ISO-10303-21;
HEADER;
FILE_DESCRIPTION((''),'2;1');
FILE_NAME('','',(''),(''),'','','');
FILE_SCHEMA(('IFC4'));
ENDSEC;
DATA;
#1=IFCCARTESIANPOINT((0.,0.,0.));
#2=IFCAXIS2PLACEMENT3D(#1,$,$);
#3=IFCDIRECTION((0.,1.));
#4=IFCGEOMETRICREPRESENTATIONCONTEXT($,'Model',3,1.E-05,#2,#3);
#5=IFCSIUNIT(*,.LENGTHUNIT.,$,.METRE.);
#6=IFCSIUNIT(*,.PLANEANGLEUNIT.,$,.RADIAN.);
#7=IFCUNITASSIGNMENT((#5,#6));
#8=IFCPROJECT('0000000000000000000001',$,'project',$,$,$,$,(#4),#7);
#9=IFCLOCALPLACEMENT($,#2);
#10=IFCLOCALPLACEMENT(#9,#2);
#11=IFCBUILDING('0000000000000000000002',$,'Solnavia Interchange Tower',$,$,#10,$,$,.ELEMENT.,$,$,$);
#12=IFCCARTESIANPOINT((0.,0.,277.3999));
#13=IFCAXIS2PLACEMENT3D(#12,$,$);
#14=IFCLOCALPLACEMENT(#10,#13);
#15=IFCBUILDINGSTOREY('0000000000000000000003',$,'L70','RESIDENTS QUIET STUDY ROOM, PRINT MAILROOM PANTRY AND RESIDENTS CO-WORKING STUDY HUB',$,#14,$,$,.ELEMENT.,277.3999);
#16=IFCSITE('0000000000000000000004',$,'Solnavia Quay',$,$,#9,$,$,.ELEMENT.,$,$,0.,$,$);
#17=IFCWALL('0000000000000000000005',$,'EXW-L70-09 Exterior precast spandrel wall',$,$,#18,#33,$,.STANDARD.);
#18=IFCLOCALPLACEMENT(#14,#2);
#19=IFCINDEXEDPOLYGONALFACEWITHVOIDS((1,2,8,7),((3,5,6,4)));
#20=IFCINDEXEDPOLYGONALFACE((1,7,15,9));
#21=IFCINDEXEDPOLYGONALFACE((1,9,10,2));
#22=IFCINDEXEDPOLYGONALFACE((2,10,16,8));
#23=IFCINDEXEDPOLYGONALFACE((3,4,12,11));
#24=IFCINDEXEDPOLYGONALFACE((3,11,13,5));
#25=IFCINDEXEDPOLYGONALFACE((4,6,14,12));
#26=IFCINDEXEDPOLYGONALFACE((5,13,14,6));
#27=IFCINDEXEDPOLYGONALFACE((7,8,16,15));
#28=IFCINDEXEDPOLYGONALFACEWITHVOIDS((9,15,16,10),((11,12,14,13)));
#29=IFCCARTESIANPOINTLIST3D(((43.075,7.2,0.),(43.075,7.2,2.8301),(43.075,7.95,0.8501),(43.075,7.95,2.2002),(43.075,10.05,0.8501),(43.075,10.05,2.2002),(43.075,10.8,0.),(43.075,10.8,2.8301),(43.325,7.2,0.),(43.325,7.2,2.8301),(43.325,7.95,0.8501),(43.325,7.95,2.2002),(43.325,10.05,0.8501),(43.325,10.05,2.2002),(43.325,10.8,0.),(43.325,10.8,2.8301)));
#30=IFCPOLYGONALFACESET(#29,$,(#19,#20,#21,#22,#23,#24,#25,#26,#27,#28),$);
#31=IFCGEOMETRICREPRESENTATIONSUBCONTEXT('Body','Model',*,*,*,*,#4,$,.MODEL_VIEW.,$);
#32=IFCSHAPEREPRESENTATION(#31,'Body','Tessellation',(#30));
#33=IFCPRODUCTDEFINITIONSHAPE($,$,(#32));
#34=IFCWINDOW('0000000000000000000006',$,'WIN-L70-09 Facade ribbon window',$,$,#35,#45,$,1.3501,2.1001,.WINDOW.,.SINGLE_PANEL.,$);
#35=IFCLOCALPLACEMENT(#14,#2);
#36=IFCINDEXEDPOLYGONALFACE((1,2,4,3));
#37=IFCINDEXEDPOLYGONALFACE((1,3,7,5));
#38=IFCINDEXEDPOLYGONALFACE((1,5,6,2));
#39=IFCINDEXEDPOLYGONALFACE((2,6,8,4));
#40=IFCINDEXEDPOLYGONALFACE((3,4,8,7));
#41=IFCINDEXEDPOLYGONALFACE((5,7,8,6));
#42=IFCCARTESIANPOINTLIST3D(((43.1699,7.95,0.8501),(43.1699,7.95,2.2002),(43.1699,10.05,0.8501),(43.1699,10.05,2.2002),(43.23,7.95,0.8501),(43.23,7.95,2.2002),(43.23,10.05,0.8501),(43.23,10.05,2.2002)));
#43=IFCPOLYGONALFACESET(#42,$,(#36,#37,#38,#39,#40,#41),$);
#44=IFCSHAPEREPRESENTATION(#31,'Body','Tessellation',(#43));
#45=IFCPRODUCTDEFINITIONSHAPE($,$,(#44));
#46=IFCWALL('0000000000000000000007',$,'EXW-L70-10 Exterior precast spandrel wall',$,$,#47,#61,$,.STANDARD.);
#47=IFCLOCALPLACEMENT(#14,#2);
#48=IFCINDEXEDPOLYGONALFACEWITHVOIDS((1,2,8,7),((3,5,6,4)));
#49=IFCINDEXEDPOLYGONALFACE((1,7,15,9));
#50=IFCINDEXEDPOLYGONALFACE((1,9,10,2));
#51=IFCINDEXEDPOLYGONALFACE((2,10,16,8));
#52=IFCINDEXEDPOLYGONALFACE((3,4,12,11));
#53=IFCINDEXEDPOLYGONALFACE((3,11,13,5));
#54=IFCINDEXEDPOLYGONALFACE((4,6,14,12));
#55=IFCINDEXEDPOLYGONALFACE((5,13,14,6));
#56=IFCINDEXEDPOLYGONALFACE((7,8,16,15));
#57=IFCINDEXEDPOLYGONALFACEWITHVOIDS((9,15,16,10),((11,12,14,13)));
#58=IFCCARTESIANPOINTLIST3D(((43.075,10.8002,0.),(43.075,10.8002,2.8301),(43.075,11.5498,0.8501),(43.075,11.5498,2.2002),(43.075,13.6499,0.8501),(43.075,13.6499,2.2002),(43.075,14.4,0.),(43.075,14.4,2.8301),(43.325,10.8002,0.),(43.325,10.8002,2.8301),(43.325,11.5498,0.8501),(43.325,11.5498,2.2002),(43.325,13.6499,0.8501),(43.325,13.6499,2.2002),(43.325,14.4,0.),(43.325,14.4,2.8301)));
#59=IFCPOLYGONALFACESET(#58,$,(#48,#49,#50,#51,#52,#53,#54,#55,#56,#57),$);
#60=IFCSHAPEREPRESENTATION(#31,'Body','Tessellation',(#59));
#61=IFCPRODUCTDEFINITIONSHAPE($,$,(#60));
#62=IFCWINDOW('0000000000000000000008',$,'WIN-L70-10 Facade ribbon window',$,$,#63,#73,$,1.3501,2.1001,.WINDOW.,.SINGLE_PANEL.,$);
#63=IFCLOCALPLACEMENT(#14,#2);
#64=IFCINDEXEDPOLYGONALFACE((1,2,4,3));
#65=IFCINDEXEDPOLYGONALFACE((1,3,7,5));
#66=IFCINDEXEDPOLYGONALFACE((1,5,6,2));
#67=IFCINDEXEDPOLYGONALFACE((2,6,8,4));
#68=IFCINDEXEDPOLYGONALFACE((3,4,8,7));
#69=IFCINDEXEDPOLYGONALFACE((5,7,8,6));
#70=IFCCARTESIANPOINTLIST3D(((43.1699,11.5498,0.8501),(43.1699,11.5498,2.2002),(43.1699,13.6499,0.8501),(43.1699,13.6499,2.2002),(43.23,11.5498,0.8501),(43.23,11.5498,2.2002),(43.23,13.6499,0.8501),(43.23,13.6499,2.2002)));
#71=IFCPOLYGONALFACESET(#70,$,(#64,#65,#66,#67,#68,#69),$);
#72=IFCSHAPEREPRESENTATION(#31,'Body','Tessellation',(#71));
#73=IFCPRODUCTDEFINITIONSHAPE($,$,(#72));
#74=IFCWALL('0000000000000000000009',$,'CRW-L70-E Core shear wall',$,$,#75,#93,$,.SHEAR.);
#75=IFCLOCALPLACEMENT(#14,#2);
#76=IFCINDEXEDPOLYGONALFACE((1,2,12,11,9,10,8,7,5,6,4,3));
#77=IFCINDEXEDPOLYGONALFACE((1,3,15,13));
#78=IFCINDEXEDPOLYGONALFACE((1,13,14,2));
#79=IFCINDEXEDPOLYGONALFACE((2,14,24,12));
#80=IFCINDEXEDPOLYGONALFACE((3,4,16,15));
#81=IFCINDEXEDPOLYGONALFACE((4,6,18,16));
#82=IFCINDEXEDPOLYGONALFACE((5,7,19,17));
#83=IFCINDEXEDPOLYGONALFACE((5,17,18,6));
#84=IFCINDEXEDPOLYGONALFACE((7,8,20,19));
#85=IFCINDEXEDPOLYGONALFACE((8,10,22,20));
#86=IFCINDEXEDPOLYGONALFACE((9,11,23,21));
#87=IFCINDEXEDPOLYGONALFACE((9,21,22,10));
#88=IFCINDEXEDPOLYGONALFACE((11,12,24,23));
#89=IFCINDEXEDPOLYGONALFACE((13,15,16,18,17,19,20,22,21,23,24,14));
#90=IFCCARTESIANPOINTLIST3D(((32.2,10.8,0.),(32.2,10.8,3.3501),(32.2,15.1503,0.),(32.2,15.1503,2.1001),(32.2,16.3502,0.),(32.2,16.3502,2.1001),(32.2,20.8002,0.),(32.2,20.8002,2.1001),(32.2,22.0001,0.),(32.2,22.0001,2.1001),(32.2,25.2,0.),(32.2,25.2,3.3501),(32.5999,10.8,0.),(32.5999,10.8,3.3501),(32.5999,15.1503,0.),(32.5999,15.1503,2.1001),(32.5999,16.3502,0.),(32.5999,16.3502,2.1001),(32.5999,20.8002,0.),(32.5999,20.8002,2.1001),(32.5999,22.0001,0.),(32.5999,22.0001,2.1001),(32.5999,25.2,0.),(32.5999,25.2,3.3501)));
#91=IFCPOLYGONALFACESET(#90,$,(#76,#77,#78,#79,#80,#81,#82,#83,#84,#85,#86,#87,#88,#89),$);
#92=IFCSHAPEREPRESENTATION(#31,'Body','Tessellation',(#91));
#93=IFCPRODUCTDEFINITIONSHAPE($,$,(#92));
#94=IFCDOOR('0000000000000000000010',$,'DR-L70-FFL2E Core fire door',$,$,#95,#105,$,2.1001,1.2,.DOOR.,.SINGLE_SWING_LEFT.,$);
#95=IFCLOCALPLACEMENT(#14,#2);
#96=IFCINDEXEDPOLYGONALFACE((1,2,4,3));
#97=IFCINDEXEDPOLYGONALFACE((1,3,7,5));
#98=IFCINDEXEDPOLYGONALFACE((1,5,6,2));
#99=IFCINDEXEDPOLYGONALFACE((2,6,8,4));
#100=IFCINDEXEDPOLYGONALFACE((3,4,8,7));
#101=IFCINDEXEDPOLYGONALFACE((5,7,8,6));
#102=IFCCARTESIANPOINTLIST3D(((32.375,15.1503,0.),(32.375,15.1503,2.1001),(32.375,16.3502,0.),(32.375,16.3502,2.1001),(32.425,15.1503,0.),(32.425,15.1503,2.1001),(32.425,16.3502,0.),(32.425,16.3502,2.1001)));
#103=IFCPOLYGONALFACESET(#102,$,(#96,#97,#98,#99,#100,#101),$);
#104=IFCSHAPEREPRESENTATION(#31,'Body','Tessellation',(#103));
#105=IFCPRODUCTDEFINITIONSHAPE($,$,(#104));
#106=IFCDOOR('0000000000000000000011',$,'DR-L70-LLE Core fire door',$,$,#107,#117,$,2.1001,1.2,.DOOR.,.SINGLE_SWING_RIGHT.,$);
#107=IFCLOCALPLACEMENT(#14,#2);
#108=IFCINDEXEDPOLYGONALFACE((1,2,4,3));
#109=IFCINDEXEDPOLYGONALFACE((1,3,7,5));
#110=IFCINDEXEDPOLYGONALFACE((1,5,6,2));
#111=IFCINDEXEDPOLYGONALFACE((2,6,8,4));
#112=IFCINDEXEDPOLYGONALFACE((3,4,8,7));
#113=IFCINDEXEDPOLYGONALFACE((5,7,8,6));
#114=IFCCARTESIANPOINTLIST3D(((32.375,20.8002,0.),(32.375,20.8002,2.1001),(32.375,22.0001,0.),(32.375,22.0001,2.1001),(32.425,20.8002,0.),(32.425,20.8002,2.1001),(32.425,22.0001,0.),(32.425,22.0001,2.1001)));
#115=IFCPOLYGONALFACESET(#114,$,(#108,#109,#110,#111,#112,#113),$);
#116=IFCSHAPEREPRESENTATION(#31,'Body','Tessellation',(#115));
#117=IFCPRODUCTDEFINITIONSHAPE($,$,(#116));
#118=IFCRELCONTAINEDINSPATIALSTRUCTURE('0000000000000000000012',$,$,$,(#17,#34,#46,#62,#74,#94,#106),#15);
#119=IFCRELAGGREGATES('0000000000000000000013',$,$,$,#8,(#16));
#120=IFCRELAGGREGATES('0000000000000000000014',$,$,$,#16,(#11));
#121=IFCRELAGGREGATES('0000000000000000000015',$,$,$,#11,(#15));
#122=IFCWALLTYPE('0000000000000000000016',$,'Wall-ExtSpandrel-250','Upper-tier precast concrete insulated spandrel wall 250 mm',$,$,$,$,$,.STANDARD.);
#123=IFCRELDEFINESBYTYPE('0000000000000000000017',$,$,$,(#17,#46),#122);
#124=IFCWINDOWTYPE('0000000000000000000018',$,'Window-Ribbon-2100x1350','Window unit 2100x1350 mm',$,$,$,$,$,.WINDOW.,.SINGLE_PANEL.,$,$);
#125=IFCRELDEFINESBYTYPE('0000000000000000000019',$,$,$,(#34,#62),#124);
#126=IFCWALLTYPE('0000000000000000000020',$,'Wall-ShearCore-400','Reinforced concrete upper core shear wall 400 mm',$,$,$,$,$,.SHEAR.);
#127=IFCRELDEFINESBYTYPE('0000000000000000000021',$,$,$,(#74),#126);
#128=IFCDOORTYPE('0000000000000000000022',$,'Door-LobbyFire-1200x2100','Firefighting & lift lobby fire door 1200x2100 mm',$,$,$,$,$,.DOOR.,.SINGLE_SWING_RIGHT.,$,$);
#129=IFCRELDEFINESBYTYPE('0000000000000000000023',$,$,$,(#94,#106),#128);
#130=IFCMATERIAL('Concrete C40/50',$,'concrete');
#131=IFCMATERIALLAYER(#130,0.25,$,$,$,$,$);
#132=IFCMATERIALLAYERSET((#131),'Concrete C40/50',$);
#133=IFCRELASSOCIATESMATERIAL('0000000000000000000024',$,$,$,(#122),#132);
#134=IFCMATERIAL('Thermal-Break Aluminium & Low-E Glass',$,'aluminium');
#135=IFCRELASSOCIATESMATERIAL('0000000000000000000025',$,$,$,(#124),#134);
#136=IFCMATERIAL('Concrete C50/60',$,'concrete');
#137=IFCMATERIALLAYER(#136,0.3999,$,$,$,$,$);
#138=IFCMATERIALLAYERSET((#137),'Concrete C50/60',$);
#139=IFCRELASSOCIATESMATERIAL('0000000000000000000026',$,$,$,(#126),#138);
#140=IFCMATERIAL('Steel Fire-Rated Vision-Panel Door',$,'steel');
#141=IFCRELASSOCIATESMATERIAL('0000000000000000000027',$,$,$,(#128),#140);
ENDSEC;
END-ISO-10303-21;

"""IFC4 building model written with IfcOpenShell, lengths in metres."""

from ifc_helpers import new_model, si_unit, direction, frame, frame_2d, origin, place, context, subcontext, project, spatial, rectangle, extrude, material, layer, layer_set, type_object, element, fill, save


model = new_model("IFC4")

# Units and contexts
model_context = context("Model", 3, precision=1e-05, world=origin(), true_north=direction((0.0, 1.0)))
body_context = subcontext(model_context, "Body", "Model", "MODEL_VIEW")
ifc_project = project(units=[si_unit("LENGTHUNIT", "METRE"), si_unit("PLANEANGLEUNIT", "RADIAN")], contexts=[model_context])

# Site, building, storey
site_placement = place(None, origin())
site = spatial("IfcSite", under=ifc_project, at=site_placement, Name="Solnavia Quay", CompositionType="ELEMENT", RefElevation=0.0)
building_placement = place(site_placement, origin())
building = spatial("IfcBuilding", under=site, at=building_placement, Name="Solnavia Interchange Tower", CompositionType="ELEMENT")
storey_placement = place(building_placement, frame((0.0, 0.0, 277.3999)))
storey = spatial("IfcBuildingStorey", under=building, at=storey_placement, Name="L70", Description="RESIDENTS QUIET STUDY ROOM, PRINT MAILROOM PANTRY AND RESIDENTS CO-WORKING STUDY HUB", CompositionType="ELEMENT", Elevation=277.3999)

# Shared definitions
ifc_material_1 = material(Name="Concrete C50/60", Category="concrete")

# Shared definitions
ifc_material_2 = material(Name="Concrete C40/50", Category="concrete")
ifc_layer_1 = layer(ifc_material_2, 0.25)
ifc_layer_set_1 = layer_set([ifc_layer_1], Name="Concrete C40/50")
wall_type_1 = type_object("IfcWallType", Name="Wall-ExtSpandrel-250", Description="Upper-tier precast concrete insulated spandrel wall 250 mm", PredefinedType="STANDARD", material=ifc_layer_set_1)

# Walls, openings, windows
wall_1_placement = place(storey_placement, frame((43.2, 10.8, 0.0), z_axis=(0.0, 0.0, 1.0), x_axis=(0.0, -1.0, 0.0)))
wall_1 = element("IfcWall", 1, at=wall_1_placement, inside=storey, type_object=wall_type_1, Name="EXW-L70-09 Exterior precast spandrel wall", PredefinedType="STANDARD", context=body_context, shape_type="SweptSolid", body=[
    extrude(rectangle(XDim=3.6001, YDim=0.25, at=frame_2d((1.8, 0.0))), origin(), (0.0, 0.0, 1.0), 2.8301),
])
opening_1_placement = place(wall_1_placement, frame((0.75, 0.0, 0.8501)))
opening_1 = element("IfcOpeningElement", 2, at=opening_1_placement, cuts=wall_1, PredefinedType="OPENING", context=body_context, shape_type="SweptSolid", body=[
    extrude(rectangle(XDim=2.1001, YDim=1.3501, at=frame_2d((1.05, 0.675))), frame((0.0, 0.135, 0.0), z_axis=(0.0, -1.0, 0.0), x_axis=(1.0, 0.0, 0.0)), (0.0, 0.0, 1.0), 0.27),
])
ifc_material_3 = material(Name="Thermal-Break Aluminium & Low-E Glass", Category="aluminium")
window_type = type_object("IfcWindowType", Name="Window-Ribbon-2100x1350", Description="Window unit 2100x1350 mm", PartitioningType="SINGLE_PANEL", PredefinedType="WINDOW", material=ifc_material_3)
window_1_placement = place(opening_1_placement, origin())
window_1 = element("IfcWindow", 3, at=window_1_placement, inside=storey, type_object=window_type, Name="WIN-L70-09 Facade ribbon window", OverallHeight=1.3501, OverallWidth=2.1001, PartitioningType="SINGLE_PANEL", PredefinedType="WINDOW", context=body_context, shape_type="SweptSolid", body=[
    extrude(rectangle(XDim=2.1001, YDim=1.3501, at=frame_2d((1.05, 0.675))), frame((0.0, 0.03, 0.0), z_axis=(0.0, -1.0, 0.0), x_axis=(1.0, 0.0, 0.0)), (0.0, 0.0, 1.0), 0.0601),
])
fill(opening_1, window_1)
wall_2_placement = place(storey_placement, frame((43.2, 14.3999, 0.0), z_axis=(0.0, 0.0, 1.0), x_axis=(0.0, -1.0, 0.0)))
wall_2 = element("IfcWall", 4, at=wall_2_placement, inside=storey, type_object=wall_type_1, Name="EXW-L70-10 Exterior precast spandrel wall", PredefinedType="STANDARD", context=body_context, shape_type="SweptSolid", body=[
    extrude(rectangle(XDim=3.5999, YDim=0.25, at=frame_2d((1.7998, 0.0))), origin(), (0.0, 0.0, 1.0), 2.8301),
])
opening_2_placement = place(wall_2_placement, frame((0.75, 0.0, 0.8501)))
opening_2 = element("IfcOpeningElement", 5, at=opening_2_placement, cuts=wall_2, PredefinedType="OPENING", context=body_context, shape_type="SweptSolid", body=[
    extrude(rectangle(XDim=2.1001, YDim=1.3501, at=frame_2d((1.05, 0.675))), frame((0.0, 0.135, 0.0), z_axis=(0.0, -1.0, 0.0), x_axis=(1.0, 0.0, 0.0)), (0.0, 0.0, 1.0), 0.27),
])
window_2_placement = place(opening_2_placement, origin())
window_2 = element("IfcWindow", 6, at=window_2_placement, inside=storey, type_object=window_type, Name="WIN-L70-10 Facade ribbon window", OverallHeight=1.3501, OverallWidth=2.1001, PartitioningType="SINGLE_PANEL", PredefinedType="WINDOW", context=body_context, shape_type="SweptSolid", body=[
    extrude(rectangle(XDim=2.1001, YDim=1.3501, at=frame_2d((1.05, 0.675))), frame((0.0, 0.03, 0.0), z_axis=(0.0, -1.0, 0.0), x_axis=(1.0, 0.0, 0.0)), (0.0, 0.0, 1.0), 0.0601),
])
fill(opening_2, window_2)

# Wall, openings, doors
ifc_layer_2 = layer(ifc_material_1, 0.3999)
ifc_layer_set_2 = layer_set([ifc_layer_2], Name="Concrete C50/60")
wall_type_2 = type_object("IfcWallType", Name="Wall-ShearCore-400", Description="Reinforced concrete upper core shear wall 400 mm", PredefinedType="SHEAR", material=ifc_layer_set_2)
wall_3_placement = place(storey_placement, frame((32.3999, 10.8, 0.0), z_axis=(0.0, 0.0, 1.0), x_axis=(0.0, 1.0, 0.0)))
wall_3 = element("IfcWall", 7, at=wall_3_placement, inside=storey, type_object=wall_type_2, Name="CRW-L70-E Core shear wall", PredefinedType="SHEAR", context=body_context, shape_type="SweptSolid", body=[
    extrude(rectangle(XDim=14.3999, YDim=0.3999, at=frame_2d((7.2, 0.0))), origin(), (0.0, 0.0, 1.0), 3.3501),
])
opening_3_placement = place(wall_3_placement, frame((4.3501, 0.0, 0.0)))
opening_3 = element("IfcOpeningElement", 8, at=opening_3_placement, cuts=wall_3, PredefinedType="OPENING", context=body_context, shape_type="SweptSolid", body=[
    extrude(rectangle(XDim=1.2, YDim=2.1001, at=frame_2d((0.6001, 1.05))), frame((0.0, 0.21, 0.0), z_axis=(0.0, -1.0, 0.0), x_axis=(1.0, 0.0, 0.0)), (0.0, 0.0, 1.0), 0.4199),
])
opening_4_placement = place(wall_3_placement, frame((10.0, 0.0, 0.0)))
opening_4 = element("IfcOpeningElement", 9, at=opening_4_placement, cuts=wall_3, PredefinedType="OPENING", context=body_context, shape_type="SweptSolid", body=[
    extrude(rectangle(XDim=1.2, YDim=2.1001, at=frame_2d((0.6001, 1.05))), frame((0.0, 0.21, 0.0), z_axis=(0.0, -1.0, 0.0), x_axis=(1.0, 0.0, 0.0)), (0.0, 0.0, 1.0), 0.4199),
])
ifc_material_4 = material(Name="Steel Fire-Rated Vision-Panel Door", Category="steel")
door_type = type_object("IfcDoorType", Name="Door-LobbyFire-1200x2100", Description="Firefighting & lift lobby fire door 1200x2100 mm", OperationType="SINGLE_SWING_RIGHT", PredefinedType="DOOR", material=ifc_material_4)
door_1_placement = place(opening_3_placement, origin())
door_1 = element("IfcDoor", 10, at=door_1_placement, inside=storey, type_object=door_type, Name="DR-L70-FFL2E Core fire door", OperationType="SINGLE_SWING_LEFT", OverallHeight=2.1001, OverallWidth=1.2, PredefinedType="DOOR", context=body_context, shape_type="SweptSolid", body=[
    extrude(rectangle(XDim=1.2, YDim=2.1001, at=frame_2d((0.6001, 1.05))), frame((0.0, 0.0249, 0.0), z_axis=(0.0, -1.0, 0.0), x_axis=(1.0, 0.0, 0.0)), (0.0, 0.0, 1.0), 0.05),
])
fill(opening_3, door_1)
door_2_placement = place(opening_4_placement, origin())
door_2 = element("IfcDoor", 11, at=door_2_placement, inside=storey, type_object=door_type, Name="DR-L70-LLE Core fire door", OperationType="SINGLE_SWING_RIGHT", OverallHeight=2.1001, OverallWidth=1.2, PredefinedType="DOOR", context=body_context, shape_type="SweptSolid", body=[
    extrude(rectangle(XDim=1.2, YDim=2.1001, at=frame_2d((0.6001, 1.05))), frame((0.0, 0.0249, 0.0), z_axis=(0.0, -1.0, 0.0), x_axis=(1.0, 0.0, 0.0)), (0.0, 0.0, 1.0), 0.05),
])
fill(opening_4, door_2)

save(model, "model.ifc")
